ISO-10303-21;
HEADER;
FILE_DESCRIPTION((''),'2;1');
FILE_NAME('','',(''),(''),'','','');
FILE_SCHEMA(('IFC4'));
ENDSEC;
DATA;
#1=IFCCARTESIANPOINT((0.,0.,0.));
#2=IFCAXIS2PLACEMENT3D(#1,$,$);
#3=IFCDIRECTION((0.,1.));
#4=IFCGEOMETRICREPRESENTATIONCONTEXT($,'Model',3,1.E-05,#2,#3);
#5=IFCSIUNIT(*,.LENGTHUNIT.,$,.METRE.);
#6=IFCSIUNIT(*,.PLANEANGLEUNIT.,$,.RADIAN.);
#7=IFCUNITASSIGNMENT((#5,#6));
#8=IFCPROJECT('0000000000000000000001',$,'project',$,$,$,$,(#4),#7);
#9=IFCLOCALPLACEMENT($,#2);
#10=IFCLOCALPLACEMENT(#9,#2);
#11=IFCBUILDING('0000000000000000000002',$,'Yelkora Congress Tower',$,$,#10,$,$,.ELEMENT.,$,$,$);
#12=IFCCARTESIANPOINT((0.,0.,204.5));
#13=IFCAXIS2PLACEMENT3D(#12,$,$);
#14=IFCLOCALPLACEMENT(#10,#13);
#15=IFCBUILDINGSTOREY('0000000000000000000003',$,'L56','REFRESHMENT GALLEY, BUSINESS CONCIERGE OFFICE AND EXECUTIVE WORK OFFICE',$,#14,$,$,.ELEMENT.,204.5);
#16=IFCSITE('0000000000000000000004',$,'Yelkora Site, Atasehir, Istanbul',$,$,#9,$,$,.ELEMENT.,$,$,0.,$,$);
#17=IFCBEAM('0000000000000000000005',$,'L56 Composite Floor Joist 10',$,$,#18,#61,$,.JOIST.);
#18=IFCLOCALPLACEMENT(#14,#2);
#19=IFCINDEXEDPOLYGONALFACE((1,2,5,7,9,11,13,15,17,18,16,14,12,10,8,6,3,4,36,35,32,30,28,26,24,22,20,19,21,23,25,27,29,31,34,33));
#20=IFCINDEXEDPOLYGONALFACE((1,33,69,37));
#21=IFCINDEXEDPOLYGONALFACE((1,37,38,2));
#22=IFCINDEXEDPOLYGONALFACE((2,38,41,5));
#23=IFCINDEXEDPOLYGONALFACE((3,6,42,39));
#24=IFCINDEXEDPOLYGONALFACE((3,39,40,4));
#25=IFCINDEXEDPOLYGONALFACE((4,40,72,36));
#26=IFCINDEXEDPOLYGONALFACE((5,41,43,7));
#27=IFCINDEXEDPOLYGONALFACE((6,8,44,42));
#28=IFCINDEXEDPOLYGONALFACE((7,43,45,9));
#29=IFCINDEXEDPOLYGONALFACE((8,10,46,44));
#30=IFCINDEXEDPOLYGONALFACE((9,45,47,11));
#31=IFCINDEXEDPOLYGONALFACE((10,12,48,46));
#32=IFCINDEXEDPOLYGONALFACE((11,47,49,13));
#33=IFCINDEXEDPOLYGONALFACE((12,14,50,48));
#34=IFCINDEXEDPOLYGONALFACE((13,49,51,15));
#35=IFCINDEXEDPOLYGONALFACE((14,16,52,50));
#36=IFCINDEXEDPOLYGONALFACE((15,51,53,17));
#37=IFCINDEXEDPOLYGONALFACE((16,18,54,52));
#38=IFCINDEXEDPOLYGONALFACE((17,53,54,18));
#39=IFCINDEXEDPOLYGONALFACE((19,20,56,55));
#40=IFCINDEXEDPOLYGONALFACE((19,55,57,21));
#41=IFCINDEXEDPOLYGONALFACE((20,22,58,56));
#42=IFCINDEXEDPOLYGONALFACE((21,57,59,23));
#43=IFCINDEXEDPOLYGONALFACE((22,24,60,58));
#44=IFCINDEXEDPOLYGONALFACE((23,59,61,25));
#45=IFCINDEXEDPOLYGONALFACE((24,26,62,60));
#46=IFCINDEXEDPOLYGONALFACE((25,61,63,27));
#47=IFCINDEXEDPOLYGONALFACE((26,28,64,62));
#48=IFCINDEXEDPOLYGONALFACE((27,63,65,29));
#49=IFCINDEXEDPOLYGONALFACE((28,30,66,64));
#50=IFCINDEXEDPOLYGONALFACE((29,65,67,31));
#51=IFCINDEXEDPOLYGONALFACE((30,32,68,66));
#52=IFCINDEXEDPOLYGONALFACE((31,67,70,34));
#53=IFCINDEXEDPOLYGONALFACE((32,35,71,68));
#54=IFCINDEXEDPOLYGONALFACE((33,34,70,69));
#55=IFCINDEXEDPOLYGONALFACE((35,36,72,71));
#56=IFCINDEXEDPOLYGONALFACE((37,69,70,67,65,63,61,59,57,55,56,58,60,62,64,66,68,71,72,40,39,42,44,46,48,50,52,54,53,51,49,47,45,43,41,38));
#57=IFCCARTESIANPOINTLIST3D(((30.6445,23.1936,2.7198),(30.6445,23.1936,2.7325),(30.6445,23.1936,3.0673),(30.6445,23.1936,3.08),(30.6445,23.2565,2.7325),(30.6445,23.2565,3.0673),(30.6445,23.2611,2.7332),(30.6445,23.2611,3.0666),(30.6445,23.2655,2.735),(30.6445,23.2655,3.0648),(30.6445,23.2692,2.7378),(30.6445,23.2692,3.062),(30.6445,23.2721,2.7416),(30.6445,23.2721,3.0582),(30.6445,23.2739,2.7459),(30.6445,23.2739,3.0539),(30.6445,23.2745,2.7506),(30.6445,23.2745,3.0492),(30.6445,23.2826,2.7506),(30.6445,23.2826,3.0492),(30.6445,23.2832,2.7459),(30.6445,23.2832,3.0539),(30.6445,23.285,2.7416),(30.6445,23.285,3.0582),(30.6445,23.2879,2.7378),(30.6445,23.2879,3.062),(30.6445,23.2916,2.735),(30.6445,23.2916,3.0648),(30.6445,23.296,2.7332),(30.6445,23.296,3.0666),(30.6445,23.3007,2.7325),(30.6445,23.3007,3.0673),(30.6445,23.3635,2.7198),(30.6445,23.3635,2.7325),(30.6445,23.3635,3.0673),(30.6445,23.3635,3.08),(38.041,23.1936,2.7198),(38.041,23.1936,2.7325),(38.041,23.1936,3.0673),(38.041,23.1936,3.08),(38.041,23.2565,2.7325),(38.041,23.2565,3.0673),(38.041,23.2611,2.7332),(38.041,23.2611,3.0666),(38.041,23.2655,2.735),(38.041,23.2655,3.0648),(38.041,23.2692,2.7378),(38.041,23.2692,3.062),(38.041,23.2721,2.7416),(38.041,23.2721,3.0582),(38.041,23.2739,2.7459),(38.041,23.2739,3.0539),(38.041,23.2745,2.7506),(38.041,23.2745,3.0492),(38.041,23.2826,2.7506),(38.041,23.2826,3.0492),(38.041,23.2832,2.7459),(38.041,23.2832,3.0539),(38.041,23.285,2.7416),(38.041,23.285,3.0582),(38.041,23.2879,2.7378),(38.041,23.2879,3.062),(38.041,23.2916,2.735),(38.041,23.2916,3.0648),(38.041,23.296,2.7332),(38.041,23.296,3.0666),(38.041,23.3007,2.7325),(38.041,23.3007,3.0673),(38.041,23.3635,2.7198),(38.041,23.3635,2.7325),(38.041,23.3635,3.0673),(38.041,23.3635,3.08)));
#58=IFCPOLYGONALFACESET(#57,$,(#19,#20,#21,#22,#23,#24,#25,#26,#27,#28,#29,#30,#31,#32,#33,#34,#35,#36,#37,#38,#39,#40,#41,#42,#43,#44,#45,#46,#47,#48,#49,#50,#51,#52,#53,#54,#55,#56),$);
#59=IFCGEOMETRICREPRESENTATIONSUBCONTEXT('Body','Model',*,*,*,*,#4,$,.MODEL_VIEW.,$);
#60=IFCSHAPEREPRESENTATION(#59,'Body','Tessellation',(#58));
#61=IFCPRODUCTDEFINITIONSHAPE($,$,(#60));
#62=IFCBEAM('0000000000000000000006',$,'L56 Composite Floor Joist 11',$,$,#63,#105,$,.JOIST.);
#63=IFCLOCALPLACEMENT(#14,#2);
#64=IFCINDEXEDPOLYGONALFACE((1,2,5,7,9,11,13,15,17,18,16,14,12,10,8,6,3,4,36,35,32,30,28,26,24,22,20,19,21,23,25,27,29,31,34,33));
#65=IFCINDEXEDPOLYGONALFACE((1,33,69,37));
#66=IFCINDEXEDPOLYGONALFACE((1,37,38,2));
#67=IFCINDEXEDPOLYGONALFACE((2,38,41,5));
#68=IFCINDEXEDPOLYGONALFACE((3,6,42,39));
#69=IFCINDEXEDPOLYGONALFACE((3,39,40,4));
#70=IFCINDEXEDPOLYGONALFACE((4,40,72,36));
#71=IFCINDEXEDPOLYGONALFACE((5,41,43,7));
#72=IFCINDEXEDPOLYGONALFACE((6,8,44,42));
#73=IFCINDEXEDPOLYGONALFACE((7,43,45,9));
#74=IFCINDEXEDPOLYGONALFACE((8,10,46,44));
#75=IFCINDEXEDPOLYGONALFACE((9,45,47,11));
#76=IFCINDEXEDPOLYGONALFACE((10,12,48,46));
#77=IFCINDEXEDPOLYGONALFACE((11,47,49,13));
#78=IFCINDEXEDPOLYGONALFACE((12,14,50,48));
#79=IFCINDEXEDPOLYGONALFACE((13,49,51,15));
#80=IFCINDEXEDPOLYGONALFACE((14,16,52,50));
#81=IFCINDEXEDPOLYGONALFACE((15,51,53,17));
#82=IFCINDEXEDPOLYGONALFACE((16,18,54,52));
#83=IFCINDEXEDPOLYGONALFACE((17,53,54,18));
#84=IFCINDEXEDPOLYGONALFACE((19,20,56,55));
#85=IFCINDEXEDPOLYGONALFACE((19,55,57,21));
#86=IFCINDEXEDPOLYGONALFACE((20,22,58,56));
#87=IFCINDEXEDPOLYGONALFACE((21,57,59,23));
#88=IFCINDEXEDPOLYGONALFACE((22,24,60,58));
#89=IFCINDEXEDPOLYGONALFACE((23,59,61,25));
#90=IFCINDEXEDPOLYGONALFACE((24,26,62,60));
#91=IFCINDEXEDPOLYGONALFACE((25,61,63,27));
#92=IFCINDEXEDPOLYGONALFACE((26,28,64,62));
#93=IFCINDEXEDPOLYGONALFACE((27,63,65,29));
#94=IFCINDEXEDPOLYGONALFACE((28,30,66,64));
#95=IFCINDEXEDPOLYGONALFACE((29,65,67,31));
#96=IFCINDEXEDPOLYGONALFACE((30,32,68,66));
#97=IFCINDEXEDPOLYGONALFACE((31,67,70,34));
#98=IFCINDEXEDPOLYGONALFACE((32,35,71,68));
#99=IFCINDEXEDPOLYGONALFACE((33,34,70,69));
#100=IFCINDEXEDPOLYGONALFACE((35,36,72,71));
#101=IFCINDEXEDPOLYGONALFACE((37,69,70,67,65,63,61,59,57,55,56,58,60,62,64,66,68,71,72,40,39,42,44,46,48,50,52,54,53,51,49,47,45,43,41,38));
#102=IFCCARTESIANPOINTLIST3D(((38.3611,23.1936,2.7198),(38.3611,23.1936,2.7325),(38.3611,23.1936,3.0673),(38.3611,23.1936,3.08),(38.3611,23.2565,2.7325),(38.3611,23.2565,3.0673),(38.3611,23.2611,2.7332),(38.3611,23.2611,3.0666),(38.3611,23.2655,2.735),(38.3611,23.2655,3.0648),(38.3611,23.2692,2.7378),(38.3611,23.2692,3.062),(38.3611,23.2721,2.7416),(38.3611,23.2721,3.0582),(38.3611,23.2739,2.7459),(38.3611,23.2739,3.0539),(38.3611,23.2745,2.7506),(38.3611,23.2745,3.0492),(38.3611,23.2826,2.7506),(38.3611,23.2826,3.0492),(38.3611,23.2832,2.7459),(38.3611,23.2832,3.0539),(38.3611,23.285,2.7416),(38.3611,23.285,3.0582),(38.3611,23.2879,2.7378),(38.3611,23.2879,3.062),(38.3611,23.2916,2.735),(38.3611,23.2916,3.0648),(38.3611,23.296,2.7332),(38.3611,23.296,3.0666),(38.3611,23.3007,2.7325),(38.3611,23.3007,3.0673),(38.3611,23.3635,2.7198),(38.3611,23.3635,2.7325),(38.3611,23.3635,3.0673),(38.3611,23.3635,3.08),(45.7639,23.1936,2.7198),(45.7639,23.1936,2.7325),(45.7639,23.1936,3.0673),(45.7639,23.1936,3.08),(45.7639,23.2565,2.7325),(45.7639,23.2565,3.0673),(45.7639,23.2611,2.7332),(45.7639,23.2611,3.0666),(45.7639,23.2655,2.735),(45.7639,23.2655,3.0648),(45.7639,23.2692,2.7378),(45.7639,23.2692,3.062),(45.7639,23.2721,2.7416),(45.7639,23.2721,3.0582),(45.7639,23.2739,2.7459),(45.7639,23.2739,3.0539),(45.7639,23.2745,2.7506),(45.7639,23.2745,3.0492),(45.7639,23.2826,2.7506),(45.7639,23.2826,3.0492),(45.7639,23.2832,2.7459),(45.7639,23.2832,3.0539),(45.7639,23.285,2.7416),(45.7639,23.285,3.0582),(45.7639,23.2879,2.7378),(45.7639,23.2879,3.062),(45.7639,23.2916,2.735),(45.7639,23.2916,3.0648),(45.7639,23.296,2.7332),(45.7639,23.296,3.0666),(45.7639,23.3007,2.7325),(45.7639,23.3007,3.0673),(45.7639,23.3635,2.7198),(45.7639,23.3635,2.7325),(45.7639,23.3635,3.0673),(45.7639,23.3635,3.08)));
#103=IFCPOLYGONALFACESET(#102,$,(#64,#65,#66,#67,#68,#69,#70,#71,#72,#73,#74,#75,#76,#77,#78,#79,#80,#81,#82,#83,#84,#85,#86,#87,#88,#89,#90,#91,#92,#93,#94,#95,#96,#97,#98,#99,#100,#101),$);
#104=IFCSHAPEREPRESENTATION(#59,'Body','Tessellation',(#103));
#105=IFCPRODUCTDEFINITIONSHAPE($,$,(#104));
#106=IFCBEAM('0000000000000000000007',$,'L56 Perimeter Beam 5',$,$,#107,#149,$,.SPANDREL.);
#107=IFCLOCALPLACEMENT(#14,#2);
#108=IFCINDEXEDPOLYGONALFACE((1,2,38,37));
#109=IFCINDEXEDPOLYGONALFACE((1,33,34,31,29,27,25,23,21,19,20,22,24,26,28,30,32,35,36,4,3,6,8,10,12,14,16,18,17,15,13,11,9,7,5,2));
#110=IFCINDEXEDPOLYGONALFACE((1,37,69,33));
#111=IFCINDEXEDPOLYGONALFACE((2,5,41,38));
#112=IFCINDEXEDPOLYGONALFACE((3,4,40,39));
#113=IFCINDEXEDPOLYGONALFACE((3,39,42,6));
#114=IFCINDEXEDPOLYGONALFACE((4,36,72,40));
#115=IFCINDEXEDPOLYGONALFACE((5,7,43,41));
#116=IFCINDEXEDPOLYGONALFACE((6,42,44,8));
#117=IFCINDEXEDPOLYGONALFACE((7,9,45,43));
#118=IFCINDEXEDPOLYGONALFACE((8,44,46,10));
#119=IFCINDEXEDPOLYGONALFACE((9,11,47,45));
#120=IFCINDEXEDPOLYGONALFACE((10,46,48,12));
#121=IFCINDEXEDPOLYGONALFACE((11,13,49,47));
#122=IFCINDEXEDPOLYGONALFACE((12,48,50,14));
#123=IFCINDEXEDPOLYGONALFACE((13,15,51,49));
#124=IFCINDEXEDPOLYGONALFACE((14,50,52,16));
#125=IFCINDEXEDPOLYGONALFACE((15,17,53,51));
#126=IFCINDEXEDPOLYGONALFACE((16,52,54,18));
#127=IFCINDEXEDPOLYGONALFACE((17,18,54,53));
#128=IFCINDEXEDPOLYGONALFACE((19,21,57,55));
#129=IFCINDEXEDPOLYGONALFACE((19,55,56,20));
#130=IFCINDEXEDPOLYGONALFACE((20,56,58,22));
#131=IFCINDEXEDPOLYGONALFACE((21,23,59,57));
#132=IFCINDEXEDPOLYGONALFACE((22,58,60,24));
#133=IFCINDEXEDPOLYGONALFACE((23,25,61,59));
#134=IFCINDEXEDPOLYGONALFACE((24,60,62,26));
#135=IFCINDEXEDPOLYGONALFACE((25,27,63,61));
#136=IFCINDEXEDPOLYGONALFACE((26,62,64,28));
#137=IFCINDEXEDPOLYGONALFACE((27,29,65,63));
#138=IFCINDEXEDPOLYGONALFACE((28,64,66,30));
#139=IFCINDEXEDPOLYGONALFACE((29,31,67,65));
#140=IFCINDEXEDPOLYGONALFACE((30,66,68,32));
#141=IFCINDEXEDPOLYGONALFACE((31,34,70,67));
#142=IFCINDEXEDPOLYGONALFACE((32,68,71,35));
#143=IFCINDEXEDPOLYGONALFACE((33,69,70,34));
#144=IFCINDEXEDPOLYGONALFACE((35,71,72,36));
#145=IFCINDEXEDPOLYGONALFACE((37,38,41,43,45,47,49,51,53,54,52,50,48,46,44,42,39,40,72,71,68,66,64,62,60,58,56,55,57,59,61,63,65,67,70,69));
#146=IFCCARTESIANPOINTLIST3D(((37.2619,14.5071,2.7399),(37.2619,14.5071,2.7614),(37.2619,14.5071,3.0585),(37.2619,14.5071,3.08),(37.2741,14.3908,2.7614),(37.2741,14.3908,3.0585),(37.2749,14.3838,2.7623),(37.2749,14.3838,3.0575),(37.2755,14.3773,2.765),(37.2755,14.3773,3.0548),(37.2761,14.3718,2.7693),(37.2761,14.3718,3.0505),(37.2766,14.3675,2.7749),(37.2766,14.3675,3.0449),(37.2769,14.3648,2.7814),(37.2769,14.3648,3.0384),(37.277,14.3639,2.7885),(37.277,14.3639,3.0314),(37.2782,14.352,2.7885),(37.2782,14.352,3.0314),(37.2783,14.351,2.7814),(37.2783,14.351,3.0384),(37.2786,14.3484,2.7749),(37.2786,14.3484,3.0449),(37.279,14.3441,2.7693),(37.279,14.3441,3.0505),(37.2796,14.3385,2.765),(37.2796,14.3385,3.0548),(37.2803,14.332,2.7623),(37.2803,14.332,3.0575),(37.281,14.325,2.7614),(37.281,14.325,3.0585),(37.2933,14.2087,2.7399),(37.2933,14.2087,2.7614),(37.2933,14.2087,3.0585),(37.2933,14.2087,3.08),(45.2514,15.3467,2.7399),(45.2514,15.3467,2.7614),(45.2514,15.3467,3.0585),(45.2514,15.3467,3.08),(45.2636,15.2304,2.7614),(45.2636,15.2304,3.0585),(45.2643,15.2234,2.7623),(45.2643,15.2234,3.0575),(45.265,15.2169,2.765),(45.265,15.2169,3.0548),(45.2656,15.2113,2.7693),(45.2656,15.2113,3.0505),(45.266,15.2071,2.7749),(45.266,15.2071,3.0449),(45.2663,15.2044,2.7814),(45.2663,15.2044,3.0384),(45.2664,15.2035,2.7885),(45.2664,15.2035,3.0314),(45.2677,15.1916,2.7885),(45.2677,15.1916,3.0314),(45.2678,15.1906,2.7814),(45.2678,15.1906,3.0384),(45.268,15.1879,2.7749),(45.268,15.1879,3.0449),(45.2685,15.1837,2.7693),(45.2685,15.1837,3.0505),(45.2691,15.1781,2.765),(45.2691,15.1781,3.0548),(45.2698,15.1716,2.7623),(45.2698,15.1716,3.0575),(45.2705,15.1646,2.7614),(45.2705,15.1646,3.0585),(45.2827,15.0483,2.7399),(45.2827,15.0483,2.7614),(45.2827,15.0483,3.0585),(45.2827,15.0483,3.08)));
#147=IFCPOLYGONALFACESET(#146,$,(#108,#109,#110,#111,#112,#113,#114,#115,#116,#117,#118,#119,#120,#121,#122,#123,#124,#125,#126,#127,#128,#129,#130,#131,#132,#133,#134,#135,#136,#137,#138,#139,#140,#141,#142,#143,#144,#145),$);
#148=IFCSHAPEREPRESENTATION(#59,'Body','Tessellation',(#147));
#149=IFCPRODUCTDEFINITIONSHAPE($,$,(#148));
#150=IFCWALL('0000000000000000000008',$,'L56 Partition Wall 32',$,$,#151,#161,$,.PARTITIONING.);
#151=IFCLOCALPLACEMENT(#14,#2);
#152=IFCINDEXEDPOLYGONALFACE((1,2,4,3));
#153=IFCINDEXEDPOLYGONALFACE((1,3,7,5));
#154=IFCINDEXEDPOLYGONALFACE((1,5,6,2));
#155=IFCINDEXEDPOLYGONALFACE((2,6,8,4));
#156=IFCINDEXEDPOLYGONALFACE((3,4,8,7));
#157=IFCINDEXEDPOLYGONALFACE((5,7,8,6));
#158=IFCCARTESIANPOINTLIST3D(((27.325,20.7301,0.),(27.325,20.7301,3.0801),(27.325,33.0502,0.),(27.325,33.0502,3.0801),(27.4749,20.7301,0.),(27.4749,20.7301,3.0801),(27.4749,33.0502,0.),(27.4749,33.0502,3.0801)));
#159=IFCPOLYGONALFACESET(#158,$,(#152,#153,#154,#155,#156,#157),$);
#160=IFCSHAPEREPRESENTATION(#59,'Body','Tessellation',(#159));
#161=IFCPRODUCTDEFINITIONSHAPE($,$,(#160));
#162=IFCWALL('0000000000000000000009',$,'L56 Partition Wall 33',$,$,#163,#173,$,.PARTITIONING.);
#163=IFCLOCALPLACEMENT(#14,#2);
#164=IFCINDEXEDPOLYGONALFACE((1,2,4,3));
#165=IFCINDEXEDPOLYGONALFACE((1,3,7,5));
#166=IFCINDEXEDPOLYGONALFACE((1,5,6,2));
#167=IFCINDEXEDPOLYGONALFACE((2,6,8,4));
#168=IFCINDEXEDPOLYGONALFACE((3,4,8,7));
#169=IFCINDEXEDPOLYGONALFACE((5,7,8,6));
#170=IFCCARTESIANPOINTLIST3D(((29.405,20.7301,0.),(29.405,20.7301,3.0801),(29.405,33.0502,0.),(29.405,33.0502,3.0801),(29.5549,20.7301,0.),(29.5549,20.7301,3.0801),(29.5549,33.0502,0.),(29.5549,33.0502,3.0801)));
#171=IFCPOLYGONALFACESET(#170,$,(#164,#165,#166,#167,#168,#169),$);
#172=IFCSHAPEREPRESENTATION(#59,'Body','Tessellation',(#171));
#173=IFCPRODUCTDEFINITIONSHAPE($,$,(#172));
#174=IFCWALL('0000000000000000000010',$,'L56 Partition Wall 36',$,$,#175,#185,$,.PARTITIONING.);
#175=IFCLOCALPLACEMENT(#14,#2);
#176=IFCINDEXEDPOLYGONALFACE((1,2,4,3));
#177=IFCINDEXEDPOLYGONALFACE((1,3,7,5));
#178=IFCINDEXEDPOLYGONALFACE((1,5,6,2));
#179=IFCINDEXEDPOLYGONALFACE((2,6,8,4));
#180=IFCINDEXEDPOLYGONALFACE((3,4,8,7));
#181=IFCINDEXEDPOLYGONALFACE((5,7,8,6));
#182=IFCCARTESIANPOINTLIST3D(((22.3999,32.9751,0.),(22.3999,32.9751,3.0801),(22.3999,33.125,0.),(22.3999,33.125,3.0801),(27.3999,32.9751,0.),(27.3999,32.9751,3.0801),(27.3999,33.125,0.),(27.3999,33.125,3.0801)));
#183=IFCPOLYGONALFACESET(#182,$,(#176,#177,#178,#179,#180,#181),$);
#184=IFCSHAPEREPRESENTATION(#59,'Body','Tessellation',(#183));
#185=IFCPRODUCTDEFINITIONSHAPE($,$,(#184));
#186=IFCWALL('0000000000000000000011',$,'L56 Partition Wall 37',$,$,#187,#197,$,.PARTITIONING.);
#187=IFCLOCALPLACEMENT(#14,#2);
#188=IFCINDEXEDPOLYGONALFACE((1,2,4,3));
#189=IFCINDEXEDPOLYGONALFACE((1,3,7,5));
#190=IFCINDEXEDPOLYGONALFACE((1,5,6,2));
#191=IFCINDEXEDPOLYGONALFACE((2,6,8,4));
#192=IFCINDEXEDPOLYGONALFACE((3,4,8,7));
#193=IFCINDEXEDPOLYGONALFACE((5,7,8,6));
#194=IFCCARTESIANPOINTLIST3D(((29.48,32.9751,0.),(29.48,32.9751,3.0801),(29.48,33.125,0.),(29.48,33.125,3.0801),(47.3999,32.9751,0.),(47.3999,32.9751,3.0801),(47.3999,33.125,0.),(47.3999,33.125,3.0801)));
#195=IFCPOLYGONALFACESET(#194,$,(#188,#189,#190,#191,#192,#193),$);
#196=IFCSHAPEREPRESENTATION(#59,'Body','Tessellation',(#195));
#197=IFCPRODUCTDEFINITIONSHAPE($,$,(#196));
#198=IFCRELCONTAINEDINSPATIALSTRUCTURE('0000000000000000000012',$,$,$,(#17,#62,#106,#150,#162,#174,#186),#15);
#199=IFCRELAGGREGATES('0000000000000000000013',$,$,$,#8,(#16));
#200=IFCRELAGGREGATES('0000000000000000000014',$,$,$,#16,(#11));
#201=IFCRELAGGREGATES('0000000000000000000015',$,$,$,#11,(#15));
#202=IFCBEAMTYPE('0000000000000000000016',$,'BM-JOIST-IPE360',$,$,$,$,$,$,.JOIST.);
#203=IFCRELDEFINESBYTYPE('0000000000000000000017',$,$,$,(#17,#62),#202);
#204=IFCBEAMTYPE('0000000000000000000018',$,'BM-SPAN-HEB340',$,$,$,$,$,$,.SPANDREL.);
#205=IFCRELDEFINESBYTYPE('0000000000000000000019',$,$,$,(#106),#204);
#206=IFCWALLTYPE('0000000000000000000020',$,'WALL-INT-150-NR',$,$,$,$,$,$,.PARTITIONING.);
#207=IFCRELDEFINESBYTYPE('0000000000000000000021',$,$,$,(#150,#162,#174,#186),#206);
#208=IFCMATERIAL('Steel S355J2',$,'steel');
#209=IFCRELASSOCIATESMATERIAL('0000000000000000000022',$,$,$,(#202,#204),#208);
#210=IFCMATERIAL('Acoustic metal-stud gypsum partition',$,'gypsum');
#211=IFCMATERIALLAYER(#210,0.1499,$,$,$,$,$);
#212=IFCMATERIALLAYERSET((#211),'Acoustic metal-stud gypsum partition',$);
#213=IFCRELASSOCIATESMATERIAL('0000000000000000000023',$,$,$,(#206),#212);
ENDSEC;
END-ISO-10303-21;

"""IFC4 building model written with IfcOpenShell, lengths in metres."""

from ifc_helpers import new_model, si_unit, direction, frame, frame_2d, origin, origin_2d, place, context, subcontext, project, spatial, rectangle, i_section, extrude, material, layer, layer_set, material_profile, profile_set, type_object, element, save


model = new_model("IFC4")

# Units and contexts
model_context = context("Model", 3, precision=1e-05, world=origin(), true_north=direction((0.0, 1.0)))
body_context = subcontext(model_context, "Body", "Model", "MODEL_VIEW")
ifc_project = project(units=[si_unit("LENGTHUNIT", "METRE"), si_unit("PLANEANGLEUNIT", "RADIAN")], contexts=[model_context])

# Site, building, storey
site_placement = place(None, origin())
site = spatial("IfcSite", under=ifc_project, at=site_placement, Name="Yelkora Site, Atasehir, Istanbul", CompositionType="ELEMENT", RefElevation=0.0)
building_placement = place(site_placement, origin())
building = spatial("IfcBuilding", under=site, at=building_placement, Name="Yelkora Congress Tower", CompositionType="ELEMENT")
storey_placement = place(building_placement, frame((0.0, 0.0, 204.5)))
storey = spatial("IfcBuildingStorey", under=building, at=storey_placement, Name="L56", Description="REFRESHMENT GALLEY, BUSINESS CONCIERGE OFFICE AND EXECUTIVE WORK OFFICE", CompositionType="ELEMENT", Elevation=204.5)

# Beams
ifc_material_1 = material(Name="Steel S355J2", Category="steel")
ifc_material_profile_1 = material_profile(ifc_material_1, i_section(OverallWidth=0.1699, OverallDepth=0.3601, WebThickness=0.0081, FlangeThickness=0.0127, FilletRadius=0.0181, at=origin_2d()), Name="IPE 360")
ifc_profile_set_1 = profile_set([ifc_material_profile_1], Name="Steel S355J2")
beam_type_1 = type_object("IfcBeamType", Name="BM-JOIST-IPE360", PredefinedType="JOIST", material=ifc_profile_set_1)
beam_1_placement = place(storey_placement, frame((30.6445, 23.2786, 2.8999), z_axis=(1.0, 0.0, 0.0), x_axis=(0.0, 1.0, 0.0)))
element("IfcBeam", 1, at=beam_1_placement, inside=storey, type_object=beam_type_1, Name="L56 Composite Floor Joist 10", PredefinedType="JOIST", context=body_context, shape_type="SweptSolid", body=[
    extrude(i_section(OverallWidth=0.1699, OverallDepth=0.3601, WebThickness=0.0081, FlangeThickness=0.0127, FilletRadius=0.0181, at=origin_2d()), origin(), (0.0, 0.0, 1.0), 7.3965),
])
beam_2_placement = place(storey_placement, frame((38.3611, 23.2786, 2.8999), z_axis=(1.0, 0.0, 0.0), x_axis=(0.0, 1.0, 0.0)))
element("IfcBeam", 2, at=beam_2_placement, inside=storey, type_object=beam_type_1, Name="L56 Composite Floor Joist 11", PredefinedType="JOIST", context=body_context, shape_type="SweptSolid", body=[
    extrude(i_section(OverallWidth=0.1699, OverallDepth=0.3601, WebThickness=0.0081, FlangeThickness=0.0127, FilletRadius=0.0181, at=origin_2d()), origin(), (0.0, 0.0, 1.0), 7.4028),
])
ifc_material_profile_2 = material_profile(ifc_material_1, i_section(OverallWidth=0.3, OverallDepth=0.3401, WebThickness=0.012, FlangeThickness=0.0215, FilletRadius=0.0271, at=origin_2d()), Name="HEB 340")
ifc_profile_set_2 = profile_set([ifc_material_profile_2], Name="Steel S355J2")
beam_type_2 = type_object("IfcBeamType", Name="BM-SPAN-HEB340", PredefinedType="SPANDREL", material=ifc_profile_set_2)
beam_3_placement = place(storey_placement, frame((37.2776, 14.3579, 2.9099), z_axis=(0.994524, 0.104512, 0.0), x_axis=(-0.104512, 0.994524, 0.0)))
element("IfcBeam", 3, at=beam_3_placement, inside=storey, type_object=beam_type_2, Name="L56 Perimeter Beam 5", PredefinedType="SPANDREL", context=body_context, shape_type="SweptSolid", body=[
    extrude(i_section(OverallWidth=0.3, OverallDepth=0.3401, WebThickness=0.012, FlangeThickness=0.0215, FilletRadius=0.0271, at=origin_2d()), origin(), (0.0, 0.0, 1.0), 8.0334),
])

# Walls
ifc_material_2 = material(Name="Acoustic metal-stud gypsum partition", Category="gypsum")
ifc_layer = layer(ifc_material_2, 0.1499)
ifc_layer_set = layer_set([ifc_layer], Name="Acoustic metal-stud gypsum partition")
wall_type = type_object("IfcWallType", Name="WALL-INT-150-NR", PredefinedType="PARTITIONING", material=ifc_layer_set)
for number, where, z_axis, x_axis, name in (
    (4, (27.3999, 20.73, 0.0), (0.0, 0.0, 1.0), (0.0, 1.0, 0.0), "L56 Partition Wall 32"),
    (5, (29.48, 20.73, 0.0), (0.0, 0.0, 1.0), (0.0, 1.0, 0.0), "L56 Partition Wall 33"),
):
    element("IfcWall", number, at=place(storey_placement, frame(where, z_axis=z_axis, x_axis=x_axis)), inside=storey, type_object=wall_type, Name=name, PredefinedType="PARTITIONING", context=body_context, shape_type="SweptSolid", body=[
        extrude(rectangle(XDim=12.3201, YDim=0.1499, at=frame_2d((6.1602, 0.0))), origin(), (0.0, 0.0, 1.0), 3.0801),
    ])
wall_1_placement = place(storey_placement, frame((22.3999, 33.05, 0.0), z_axis=(0.0, 0.0, 1.0), x_axis=(1.0, 0.0, 0.0)))
element("IfcWall", 6, at=wall_1_placement, inside=storey, type_object=wall_type, Name="L56 Partition Wall 36", PredefinedType="PARTITIONING", context=body_context, shape_type="SweptSolid", body=[
    extrude(rectangle(XDim=5.0, YDim=0.1499, at=frame_2d((2.5, 0.0))), origin(), (0.0, 0.0, 1.0), 3.0801),
])
wall_2_placement = place(storey_placement, frame((29.48, 33.05, 0.0), z_axis=(0.0, 0.0, 1.0), x_axis=(1.0, 0.0, 0.0)))
element("IfcWall", 7, at=wall_2_placement, inside=storey, type_object=wall_type, Name="L56 Partition Wall 37", PredefinedType="PARTITIONING", context=body_context, shape_type="SweptSolid", body=[
    extrude(rectangle(XDim=17.9199, YDim=0.1499, at=frame_2d((8.96, 0.0))), origin(), (0.0, 0.0, 1.0), 3.0801),
])

save(model, "model.ifc")
